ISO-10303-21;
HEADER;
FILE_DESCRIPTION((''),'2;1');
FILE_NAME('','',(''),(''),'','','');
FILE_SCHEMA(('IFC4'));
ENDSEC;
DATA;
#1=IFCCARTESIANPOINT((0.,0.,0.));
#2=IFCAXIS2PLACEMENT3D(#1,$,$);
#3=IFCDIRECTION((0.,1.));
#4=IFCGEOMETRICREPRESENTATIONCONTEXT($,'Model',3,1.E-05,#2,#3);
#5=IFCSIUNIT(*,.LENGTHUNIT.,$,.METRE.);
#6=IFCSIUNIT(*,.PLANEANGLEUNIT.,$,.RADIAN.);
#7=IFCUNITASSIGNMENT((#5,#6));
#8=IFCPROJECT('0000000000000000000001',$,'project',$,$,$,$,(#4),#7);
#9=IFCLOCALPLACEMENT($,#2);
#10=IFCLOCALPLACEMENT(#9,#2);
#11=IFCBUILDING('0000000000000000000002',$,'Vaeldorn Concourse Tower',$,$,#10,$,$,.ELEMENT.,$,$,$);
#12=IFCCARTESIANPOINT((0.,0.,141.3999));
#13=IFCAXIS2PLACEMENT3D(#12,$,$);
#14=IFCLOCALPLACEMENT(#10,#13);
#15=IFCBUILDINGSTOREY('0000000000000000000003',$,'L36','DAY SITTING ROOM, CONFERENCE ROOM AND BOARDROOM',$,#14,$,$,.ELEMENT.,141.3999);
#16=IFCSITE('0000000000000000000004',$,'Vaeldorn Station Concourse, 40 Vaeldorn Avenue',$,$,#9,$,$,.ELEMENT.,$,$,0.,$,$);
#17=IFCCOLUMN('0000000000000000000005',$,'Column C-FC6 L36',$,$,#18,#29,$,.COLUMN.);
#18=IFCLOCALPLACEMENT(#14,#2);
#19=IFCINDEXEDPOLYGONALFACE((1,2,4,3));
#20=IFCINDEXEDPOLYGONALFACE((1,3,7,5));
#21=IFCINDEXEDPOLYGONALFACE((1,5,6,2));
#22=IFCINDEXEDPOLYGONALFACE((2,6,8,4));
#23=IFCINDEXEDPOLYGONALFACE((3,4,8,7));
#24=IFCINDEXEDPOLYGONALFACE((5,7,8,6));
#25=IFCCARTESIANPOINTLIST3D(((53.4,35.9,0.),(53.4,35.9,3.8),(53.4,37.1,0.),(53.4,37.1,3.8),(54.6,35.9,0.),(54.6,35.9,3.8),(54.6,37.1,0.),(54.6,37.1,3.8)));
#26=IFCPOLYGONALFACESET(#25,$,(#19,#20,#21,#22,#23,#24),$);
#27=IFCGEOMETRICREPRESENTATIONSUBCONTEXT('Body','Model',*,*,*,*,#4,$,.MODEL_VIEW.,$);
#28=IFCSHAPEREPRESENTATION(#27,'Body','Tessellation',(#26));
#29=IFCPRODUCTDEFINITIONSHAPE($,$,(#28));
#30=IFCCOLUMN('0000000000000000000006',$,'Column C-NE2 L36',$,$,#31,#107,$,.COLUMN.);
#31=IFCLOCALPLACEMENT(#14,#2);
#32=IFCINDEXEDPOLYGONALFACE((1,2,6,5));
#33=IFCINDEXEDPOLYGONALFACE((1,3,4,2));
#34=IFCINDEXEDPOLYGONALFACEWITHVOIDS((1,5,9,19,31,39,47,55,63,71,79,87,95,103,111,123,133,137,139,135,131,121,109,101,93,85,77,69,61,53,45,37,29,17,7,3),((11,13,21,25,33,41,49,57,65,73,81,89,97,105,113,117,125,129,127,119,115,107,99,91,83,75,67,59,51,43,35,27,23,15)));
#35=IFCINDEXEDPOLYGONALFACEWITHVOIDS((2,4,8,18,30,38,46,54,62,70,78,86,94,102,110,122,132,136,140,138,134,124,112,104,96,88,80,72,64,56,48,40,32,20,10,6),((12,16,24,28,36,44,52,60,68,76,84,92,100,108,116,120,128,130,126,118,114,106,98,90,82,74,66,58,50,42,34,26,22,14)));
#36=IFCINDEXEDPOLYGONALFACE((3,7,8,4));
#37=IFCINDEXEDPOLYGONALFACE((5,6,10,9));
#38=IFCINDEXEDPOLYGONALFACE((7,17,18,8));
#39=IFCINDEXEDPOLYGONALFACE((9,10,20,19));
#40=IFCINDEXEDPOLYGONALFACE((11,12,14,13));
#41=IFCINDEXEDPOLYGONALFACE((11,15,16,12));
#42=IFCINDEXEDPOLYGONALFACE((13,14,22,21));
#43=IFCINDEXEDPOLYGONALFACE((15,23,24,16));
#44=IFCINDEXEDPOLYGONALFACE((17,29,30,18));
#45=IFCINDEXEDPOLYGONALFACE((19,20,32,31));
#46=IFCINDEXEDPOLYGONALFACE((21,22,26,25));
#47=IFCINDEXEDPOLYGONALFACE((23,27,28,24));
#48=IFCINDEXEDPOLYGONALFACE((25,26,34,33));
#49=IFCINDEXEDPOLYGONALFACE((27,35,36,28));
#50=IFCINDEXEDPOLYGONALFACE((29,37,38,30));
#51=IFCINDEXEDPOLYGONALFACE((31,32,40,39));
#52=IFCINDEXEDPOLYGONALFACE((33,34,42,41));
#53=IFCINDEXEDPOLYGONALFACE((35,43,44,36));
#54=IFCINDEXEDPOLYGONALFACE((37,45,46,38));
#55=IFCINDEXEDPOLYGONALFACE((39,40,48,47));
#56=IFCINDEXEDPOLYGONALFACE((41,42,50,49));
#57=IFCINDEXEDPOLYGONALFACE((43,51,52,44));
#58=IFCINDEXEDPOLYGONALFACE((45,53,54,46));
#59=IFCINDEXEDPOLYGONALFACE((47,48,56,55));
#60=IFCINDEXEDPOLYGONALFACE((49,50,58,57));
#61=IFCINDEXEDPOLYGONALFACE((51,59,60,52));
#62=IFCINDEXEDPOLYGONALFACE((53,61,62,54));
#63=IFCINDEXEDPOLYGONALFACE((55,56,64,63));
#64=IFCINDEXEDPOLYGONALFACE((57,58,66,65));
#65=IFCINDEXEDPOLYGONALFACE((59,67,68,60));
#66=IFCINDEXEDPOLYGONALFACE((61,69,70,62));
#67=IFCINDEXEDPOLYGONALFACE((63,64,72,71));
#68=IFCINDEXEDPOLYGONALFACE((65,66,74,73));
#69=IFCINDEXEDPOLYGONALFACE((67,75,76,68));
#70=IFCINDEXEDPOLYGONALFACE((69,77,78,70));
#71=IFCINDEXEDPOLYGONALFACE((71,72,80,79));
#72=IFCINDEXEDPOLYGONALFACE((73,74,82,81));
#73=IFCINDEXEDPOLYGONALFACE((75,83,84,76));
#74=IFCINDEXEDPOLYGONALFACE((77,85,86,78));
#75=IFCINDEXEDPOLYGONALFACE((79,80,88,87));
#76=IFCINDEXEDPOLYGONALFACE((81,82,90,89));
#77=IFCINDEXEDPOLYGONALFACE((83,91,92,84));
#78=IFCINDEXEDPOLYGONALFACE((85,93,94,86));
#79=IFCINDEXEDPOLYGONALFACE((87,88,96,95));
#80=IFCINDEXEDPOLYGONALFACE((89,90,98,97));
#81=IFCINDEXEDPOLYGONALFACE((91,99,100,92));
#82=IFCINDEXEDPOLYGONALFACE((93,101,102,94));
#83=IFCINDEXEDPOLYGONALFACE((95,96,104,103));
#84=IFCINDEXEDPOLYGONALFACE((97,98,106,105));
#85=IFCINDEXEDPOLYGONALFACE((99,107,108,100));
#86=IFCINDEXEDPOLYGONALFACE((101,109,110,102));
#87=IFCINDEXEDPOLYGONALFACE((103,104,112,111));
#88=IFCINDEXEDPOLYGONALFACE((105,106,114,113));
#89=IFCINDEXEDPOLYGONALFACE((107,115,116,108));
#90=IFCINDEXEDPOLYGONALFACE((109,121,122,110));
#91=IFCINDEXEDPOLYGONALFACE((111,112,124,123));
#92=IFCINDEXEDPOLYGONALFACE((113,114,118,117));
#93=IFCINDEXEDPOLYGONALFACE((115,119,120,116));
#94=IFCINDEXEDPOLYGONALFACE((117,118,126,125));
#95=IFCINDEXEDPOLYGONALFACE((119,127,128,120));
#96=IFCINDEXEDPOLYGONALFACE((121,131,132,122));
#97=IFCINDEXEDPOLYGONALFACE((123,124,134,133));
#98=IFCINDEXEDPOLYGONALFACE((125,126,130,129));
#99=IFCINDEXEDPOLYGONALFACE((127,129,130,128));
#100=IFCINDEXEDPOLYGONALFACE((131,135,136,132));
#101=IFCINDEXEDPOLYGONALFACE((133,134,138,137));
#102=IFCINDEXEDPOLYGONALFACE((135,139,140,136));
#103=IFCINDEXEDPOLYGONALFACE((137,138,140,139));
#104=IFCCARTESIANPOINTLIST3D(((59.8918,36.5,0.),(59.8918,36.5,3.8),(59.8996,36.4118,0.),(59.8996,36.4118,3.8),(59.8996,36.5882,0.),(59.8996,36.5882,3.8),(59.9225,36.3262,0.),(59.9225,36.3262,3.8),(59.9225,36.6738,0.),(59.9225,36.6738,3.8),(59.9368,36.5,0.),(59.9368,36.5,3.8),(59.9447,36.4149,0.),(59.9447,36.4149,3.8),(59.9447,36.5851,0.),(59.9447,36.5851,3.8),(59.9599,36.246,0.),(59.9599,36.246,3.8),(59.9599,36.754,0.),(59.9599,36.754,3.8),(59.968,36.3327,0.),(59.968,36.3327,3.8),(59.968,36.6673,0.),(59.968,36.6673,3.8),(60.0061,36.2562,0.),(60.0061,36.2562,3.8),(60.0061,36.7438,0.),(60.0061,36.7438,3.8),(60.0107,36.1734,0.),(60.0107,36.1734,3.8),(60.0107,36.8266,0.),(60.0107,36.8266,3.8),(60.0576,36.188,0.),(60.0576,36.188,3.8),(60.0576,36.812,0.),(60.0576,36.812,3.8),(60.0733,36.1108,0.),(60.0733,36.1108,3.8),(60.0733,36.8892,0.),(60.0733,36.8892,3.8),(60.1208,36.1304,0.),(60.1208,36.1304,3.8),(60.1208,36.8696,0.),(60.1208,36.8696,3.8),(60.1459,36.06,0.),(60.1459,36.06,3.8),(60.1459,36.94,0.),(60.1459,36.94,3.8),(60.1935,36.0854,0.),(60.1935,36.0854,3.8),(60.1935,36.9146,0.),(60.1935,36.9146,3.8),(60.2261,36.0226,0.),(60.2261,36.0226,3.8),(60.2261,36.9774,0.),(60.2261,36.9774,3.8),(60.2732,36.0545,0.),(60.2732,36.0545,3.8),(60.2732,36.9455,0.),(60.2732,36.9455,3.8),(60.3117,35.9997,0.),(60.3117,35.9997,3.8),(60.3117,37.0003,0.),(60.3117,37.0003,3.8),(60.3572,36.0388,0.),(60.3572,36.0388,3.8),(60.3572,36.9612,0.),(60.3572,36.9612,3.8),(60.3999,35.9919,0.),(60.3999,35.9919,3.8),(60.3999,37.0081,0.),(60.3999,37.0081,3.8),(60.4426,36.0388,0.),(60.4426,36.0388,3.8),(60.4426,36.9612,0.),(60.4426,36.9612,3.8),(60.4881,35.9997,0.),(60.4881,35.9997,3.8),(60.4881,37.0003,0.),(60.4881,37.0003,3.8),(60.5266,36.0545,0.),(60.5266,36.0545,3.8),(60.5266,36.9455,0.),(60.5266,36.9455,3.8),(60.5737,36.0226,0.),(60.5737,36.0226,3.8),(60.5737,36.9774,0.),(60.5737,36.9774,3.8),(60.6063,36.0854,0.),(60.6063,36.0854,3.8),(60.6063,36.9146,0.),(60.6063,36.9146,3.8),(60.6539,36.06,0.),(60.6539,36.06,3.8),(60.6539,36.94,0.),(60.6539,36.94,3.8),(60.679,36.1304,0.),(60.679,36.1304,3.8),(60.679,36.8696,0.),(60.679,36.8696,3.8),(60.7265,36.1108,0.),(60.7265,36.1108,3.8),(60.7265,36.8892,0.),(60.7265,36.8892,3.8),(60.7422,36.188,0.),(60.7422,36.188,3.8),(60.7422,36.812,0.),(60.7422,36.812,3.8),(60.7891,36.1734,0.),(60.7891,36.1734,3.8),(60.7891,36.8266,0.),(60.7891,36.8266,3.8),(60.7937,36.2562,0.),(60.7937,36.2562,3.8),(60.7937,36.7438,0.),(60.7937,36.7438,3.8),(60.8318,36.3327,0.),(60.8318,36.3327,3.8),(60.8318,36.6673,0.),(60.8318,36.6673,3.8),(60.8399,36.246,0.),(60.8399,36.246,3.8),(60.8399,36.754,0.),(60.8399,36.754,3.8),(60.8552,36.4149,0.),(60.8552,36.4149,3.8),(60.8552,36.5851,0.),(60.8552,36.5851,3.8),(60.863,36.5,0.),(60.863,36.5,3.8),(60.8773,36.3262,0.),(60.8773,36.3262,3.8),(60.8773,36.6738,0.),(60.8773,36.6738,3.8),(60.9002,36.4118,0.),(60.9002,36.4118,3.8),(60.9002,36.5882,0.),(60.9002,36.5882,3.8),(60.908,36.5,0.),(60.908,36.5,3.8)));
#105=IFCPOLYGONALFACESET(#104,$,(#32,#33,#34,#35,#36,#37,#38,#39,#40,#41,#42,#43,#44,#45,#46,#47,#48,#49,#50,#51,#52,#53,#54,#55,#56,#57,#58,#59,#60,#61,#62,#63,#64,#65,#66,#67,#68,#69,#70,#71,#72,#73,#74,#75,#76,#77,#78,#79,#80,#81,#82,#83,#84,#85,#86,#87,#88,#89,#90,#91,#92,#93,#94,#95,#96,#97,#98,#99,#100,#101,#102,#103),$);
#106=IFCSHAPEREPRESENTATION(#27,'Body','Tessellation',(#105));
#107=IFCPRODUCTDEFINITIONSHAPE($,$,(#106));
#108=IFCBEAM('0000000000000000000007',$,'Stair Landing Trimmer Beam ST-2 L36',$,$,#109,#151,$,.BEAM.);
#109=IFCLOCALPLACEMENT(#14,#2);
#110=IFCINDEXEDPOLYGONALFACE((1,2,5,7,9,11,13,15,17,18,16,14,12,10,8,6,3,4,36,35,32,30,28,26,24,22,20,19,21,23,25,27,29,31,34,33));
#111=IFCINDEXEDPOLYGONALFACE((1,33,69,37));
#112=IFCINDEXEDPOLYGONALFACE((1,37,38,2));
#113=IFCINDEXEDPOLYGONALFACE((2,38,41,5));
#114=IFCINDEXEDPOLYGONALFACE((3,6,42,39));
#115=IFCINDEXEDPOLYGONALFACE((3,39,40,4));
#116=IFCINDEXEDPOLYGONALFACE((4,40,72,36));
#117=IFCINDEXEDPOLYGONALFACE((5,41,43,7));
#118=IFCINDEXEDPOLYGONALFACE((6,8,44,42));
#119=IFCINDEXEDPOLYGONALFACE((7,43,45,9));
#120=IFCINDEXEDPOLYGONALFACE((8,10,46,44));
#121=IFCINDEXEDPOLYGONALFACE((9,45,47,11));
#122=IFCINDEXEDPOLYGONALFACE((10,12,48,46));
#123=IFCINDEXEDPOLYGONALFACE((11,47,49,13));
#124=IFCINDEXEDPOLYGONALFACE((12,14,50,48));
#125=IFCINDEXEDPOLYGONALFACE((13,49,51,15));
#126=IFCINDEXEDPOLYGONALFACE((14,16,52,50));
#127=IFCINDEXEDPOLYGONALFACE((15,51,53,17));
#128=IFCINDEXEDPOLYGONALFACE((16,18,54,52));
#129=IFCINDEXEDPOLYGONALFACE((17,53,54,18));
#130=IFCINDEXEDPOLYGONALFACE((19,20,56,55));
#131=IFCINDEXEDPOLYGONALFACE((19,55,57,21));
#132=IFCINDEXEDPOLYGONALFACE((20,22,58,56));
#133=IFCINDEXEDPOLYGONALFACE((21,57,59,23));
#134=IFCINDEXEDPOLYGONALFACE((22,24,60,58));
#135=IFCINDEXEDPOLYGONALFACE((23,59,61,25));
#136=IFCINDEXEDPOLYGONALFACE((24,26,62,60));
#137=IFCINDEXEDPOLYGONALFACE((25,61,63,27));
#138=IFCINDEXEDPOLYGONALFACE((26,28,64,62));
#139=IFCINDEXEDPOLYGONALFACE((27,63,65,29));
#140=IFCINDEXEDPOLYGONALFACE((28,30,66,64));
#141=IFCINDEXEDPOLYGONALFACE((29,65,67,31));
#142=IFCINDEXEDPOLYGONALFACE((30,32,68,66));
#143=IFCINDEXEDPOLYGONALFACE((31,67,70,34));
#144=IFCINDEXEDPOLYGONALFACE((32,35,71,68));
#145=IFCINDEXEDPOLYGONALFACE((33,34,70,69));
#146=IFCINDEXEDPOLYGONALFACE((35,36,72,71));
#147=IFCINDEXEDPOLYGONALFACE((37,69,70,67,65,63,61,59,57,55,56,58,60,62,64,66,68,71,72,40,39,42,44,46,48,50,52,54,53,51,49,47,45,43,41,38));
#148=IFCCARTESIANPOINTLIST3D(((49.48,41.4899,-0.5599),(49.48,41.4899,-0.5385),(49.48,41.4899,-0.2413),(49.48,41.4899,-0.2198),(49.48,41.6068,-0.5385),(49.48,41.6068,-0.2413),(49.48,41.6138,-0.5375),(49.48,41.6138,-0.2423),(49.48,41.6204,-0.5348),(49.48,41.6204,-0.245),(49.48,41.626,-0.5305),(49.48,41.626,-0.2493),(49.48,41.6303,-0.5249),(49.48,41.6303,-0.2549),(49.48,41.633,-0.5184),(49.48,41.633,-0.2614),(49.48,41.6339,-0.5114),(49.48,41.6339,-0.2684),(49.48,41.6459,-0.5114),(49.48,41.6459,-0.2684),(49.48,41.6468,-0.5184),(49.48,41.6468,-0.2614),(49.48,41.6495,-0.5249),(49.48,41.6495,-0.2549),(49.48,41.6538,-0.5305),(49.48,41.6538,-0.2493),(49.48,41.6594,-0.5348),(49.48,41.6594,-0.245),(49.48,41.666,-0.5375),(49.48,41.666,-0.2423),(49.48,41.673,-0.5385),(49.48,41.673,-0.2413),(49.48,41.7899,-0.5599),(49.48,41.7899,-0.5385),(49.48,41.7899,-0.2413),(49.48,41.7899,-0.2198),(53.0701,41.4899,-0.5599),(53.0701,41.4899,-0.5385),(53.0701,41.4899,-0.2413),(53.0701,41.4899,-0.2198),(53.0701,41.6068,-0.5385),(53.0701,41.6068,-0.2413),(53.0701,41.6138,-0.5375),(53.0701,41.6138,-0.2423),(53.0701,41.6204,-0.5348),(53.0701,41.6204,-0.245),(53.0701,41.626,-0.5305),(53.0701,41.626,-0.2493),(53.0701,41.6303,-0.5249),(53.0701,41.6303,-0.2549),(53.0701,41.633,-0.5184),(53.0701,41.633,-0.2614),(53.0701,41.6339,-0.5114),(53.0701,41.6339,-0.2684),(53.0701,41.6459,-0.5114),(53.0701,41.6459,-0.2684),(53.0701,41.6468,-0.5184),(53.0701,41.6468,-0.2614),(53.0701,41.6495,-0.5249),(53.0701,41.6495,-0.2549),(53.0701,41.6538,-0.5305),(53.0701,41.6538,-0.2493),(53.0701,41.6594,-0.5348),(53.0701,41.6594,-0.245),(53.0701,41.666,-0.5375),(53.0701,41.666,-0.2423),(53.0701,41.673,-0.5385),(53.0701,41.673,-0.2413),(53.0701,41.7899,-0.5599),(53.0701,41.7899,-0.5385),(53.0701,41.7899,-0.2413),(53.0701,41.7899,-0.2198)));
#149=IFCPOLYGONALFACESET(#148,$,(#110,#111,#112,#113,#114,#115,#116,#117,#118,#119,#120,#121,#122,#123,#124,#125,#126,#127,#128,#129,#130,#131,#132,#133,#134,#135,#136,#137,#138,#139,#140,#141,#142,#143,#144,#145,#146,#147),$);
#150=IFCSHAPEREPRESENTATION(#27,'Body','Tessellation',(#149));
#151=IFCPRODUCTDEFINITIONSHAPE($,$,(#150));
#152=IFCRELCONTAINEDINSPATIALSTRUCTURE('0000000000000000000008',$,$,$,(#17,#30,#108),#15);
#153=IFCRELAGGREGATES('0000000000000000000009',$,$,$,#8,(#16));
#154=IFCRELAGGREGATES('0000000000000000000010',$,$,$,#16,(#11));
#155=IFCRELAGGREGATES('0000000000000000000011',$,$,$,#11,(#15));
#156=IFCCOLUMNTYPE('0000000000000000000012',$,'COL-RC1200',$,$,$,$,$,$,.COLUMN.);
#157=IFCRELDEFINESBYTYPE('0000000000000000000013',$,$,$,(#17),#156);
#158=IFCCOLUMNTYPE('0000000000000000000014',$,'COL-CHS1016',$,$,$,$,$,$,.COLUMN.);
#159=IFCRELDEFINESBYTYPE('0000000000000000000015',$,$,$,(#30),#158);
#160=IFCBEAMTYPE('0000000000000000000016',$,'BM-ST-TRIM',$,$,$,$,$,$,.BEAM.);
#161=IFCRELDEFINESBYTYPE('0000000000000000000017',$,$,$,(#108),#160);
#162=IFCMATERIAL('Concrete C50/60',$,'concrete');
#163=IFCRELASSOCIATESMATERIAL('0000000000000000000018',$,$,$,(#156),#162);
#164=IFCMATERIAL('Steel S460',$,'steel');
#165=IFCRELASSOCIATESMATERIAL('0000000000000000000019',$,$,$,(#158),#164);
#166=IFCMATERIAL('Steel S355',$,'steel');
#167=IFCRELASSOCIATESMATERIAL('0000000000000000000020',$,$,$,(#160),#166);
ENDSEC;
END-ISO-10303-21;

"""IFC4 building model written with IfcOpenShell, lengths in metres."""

from ifc_helpers import new_model, si_unit, direction, frame, origin, origin_2d, place, context, subcontext, project, spatial, rectangle, hollow_circle, i_section, extrude, source, transform, mapped, material, material_profile, profile_set, type_object, element, save


model = new_model("IFC4")

# Units and contexts
model_context = context("Model", 3, precision=1e-05, world=origin(), true_north=direction((0.0, 1.0)))
body_context = subcontext(model_context, "Body", "Model", "MODEL_VIEW")
ifc_project = project(units=[si_unit("LENGTHUNIT", "METRE"), si_unit("PLANEANGLEUNIT", "RADIAN")], contexts=[model_context])

# Site, building, storey
site_placement = place(None, origin())
site = spatial("IfcSite", under=ifc_project, at=site_placement, Name="Vaeldorn Station Concourse, 40 Vaeldorn Avenue", CompositionType="ELEMENT", RefElevation=0.0)
building_placement = place(site_placement, origin())
building = spatial("IfcBuilding", under=site, at=building_placement, Name="Vaeldorn Concourse Tower", CompositionType="ELEMENT")
storey_placement = place(building_placement, frame((0.0, 0.0, 141.3999)))
storey = spatial("IfcBuildingStorey", under=building, at=storey_placement, Name="L36", Description="DAY SITTING ROOM, CONFERENCE ROOM AND BOARDROOM", CompositionType="ELEMENT", Elevation=141.3999)

# Columns
ifc_material_1 = material(Name="Concrete C50/60", Category="concrete")
ifc_material_profile_1 = material_profile(ifc_material_1, rectangle(XDim=1.2, YDim=1.2, at=origin_2d()), Name="RC 1200x1200")
ifc_profile_set_1 = profile_set([ifc_material_profile_1], Name="Concrete C50/60")
column_type_1 = type_object("IfcColumnType", Name="COL-RC1200", PredefinedType="COLUMN", material=ifc_profile_set_1)
shared_shape_1 = source(origin(), body_context, "Body", "SweptSolid", [
    extrude(rectangle(XDim=1.2, YDim=1.2, at=origin_2d()), origin(), (0.0, 0.0, 1.0), 3.8),
])
column_1_placement = place(storey_placement, frame((54.0, 36.5, 0.0), z_axis=(0.0, 0.0, 1.0), x_axis=(1.0, 0.0, 0.0)))
element("IfcColumn", 1, at=column_1_placement, inside=storey, type_object=column_type_1, Name="Column C-FC6 L36", PredefinedType="COLUMN", context=body_context, shape_type="MappedRepresentation", body=[
    mapped(shared_shape_1, transform((0.0, 0.0, 0.0), scale=1.0)),
])
ifc_material_2 = material(Name="Steel S460", Category="steel")
ifc_material_profile_2 = material_profile(ifc_material_2, hollow_circle(Radius=0.5081, WallThickness=0.0449, at=origin_2d()), Name="CHS 1016x45")
ifc_profile_set_2 = profile_set([ifc_material_profile_2], Name="Steel S460")
column_type_2 = type_object("IfcColumnType", Name="COL-CHS1016", PredefinedType="COLUMN", material=ifc_profile_set_2)
shared_shape_2 = source(origin(), body_context, "Body", "SweptSolid", [
    extrude(hollow_circle(Radius=0.5081, WallThickness=0.0449, at=origin_2d()), origin(), (0.0, 0.0, 1.0), 3.8),
])
column_2_placement = place(storey_placement, frame((60.3999, 36.5, 0.0), z_axis=(0.0, 0.0, 1.0), x_axis=(1.0, 0.0, 0.0)))
element("IfcColumn", 2, at=column_2_placement, inside=storey, type_object=column_type_2, Name="Column C-NE2 L36", PredefinedType="COLUMN", context=body_context, shape_type="MappedRepresentation", body=[
    mapped(shared_shape_2, transform((0.0, 0.0, 0.0), scale=1.0)),
])

# Beam
ifc_material_3 = material(Name="Steel S355", Category="steel")
ifc_material_profile_3 = material_profile(ifc_material_3, i_section(OverallWidth=0.3, OverallDepth=0.3401, WebThickness=0.012, FlangeThickness=0.0215, FilletRadius=0.0271, at=origin_2d()), Name="HEB 340")
ifc_profile_set_3 = profile_set([ifc_material_profile_3], Name="Steel S355")
beam_type_1 = type_object("IfcBeamType", Name="BM-ST-TRIM", PredefinedType="BEAM", material=ifc_profile_set_3)
shared_shape_3 = source(origin(), body_context, "Body", "SweptSolid", [
    extrude(i_section(OverallWidth=0.3, OverallDepth=0.3401, WebThickness=0.012, FlangeThickness=0.0215, FilletRadius=0.0271, at=origin_2d()), origin(), (0.0, 0.0, 1.0), 3.5901),
])
beam_1_placement = place(storey_placement, frame((49.48, 41.6399, -0.3899), z_axis=(1.0, 0.0, 0.0), x_axis=(0.0, 1.0, 0.0)))
element("IfcBeam", 3, at=beam_1_placement, inside=storey, type_object=beam_type_1, Name="Stair Landing Trimmer Beam ST-2 L36", PredefinedType="BEAM", context=body_context, shape_type="MappedRepresentation", body=[
    mapped(shared_shape_3, transform((0.0, 0.0, 0.0), scale=1.0)),
])

save(model, "model.ifc")
